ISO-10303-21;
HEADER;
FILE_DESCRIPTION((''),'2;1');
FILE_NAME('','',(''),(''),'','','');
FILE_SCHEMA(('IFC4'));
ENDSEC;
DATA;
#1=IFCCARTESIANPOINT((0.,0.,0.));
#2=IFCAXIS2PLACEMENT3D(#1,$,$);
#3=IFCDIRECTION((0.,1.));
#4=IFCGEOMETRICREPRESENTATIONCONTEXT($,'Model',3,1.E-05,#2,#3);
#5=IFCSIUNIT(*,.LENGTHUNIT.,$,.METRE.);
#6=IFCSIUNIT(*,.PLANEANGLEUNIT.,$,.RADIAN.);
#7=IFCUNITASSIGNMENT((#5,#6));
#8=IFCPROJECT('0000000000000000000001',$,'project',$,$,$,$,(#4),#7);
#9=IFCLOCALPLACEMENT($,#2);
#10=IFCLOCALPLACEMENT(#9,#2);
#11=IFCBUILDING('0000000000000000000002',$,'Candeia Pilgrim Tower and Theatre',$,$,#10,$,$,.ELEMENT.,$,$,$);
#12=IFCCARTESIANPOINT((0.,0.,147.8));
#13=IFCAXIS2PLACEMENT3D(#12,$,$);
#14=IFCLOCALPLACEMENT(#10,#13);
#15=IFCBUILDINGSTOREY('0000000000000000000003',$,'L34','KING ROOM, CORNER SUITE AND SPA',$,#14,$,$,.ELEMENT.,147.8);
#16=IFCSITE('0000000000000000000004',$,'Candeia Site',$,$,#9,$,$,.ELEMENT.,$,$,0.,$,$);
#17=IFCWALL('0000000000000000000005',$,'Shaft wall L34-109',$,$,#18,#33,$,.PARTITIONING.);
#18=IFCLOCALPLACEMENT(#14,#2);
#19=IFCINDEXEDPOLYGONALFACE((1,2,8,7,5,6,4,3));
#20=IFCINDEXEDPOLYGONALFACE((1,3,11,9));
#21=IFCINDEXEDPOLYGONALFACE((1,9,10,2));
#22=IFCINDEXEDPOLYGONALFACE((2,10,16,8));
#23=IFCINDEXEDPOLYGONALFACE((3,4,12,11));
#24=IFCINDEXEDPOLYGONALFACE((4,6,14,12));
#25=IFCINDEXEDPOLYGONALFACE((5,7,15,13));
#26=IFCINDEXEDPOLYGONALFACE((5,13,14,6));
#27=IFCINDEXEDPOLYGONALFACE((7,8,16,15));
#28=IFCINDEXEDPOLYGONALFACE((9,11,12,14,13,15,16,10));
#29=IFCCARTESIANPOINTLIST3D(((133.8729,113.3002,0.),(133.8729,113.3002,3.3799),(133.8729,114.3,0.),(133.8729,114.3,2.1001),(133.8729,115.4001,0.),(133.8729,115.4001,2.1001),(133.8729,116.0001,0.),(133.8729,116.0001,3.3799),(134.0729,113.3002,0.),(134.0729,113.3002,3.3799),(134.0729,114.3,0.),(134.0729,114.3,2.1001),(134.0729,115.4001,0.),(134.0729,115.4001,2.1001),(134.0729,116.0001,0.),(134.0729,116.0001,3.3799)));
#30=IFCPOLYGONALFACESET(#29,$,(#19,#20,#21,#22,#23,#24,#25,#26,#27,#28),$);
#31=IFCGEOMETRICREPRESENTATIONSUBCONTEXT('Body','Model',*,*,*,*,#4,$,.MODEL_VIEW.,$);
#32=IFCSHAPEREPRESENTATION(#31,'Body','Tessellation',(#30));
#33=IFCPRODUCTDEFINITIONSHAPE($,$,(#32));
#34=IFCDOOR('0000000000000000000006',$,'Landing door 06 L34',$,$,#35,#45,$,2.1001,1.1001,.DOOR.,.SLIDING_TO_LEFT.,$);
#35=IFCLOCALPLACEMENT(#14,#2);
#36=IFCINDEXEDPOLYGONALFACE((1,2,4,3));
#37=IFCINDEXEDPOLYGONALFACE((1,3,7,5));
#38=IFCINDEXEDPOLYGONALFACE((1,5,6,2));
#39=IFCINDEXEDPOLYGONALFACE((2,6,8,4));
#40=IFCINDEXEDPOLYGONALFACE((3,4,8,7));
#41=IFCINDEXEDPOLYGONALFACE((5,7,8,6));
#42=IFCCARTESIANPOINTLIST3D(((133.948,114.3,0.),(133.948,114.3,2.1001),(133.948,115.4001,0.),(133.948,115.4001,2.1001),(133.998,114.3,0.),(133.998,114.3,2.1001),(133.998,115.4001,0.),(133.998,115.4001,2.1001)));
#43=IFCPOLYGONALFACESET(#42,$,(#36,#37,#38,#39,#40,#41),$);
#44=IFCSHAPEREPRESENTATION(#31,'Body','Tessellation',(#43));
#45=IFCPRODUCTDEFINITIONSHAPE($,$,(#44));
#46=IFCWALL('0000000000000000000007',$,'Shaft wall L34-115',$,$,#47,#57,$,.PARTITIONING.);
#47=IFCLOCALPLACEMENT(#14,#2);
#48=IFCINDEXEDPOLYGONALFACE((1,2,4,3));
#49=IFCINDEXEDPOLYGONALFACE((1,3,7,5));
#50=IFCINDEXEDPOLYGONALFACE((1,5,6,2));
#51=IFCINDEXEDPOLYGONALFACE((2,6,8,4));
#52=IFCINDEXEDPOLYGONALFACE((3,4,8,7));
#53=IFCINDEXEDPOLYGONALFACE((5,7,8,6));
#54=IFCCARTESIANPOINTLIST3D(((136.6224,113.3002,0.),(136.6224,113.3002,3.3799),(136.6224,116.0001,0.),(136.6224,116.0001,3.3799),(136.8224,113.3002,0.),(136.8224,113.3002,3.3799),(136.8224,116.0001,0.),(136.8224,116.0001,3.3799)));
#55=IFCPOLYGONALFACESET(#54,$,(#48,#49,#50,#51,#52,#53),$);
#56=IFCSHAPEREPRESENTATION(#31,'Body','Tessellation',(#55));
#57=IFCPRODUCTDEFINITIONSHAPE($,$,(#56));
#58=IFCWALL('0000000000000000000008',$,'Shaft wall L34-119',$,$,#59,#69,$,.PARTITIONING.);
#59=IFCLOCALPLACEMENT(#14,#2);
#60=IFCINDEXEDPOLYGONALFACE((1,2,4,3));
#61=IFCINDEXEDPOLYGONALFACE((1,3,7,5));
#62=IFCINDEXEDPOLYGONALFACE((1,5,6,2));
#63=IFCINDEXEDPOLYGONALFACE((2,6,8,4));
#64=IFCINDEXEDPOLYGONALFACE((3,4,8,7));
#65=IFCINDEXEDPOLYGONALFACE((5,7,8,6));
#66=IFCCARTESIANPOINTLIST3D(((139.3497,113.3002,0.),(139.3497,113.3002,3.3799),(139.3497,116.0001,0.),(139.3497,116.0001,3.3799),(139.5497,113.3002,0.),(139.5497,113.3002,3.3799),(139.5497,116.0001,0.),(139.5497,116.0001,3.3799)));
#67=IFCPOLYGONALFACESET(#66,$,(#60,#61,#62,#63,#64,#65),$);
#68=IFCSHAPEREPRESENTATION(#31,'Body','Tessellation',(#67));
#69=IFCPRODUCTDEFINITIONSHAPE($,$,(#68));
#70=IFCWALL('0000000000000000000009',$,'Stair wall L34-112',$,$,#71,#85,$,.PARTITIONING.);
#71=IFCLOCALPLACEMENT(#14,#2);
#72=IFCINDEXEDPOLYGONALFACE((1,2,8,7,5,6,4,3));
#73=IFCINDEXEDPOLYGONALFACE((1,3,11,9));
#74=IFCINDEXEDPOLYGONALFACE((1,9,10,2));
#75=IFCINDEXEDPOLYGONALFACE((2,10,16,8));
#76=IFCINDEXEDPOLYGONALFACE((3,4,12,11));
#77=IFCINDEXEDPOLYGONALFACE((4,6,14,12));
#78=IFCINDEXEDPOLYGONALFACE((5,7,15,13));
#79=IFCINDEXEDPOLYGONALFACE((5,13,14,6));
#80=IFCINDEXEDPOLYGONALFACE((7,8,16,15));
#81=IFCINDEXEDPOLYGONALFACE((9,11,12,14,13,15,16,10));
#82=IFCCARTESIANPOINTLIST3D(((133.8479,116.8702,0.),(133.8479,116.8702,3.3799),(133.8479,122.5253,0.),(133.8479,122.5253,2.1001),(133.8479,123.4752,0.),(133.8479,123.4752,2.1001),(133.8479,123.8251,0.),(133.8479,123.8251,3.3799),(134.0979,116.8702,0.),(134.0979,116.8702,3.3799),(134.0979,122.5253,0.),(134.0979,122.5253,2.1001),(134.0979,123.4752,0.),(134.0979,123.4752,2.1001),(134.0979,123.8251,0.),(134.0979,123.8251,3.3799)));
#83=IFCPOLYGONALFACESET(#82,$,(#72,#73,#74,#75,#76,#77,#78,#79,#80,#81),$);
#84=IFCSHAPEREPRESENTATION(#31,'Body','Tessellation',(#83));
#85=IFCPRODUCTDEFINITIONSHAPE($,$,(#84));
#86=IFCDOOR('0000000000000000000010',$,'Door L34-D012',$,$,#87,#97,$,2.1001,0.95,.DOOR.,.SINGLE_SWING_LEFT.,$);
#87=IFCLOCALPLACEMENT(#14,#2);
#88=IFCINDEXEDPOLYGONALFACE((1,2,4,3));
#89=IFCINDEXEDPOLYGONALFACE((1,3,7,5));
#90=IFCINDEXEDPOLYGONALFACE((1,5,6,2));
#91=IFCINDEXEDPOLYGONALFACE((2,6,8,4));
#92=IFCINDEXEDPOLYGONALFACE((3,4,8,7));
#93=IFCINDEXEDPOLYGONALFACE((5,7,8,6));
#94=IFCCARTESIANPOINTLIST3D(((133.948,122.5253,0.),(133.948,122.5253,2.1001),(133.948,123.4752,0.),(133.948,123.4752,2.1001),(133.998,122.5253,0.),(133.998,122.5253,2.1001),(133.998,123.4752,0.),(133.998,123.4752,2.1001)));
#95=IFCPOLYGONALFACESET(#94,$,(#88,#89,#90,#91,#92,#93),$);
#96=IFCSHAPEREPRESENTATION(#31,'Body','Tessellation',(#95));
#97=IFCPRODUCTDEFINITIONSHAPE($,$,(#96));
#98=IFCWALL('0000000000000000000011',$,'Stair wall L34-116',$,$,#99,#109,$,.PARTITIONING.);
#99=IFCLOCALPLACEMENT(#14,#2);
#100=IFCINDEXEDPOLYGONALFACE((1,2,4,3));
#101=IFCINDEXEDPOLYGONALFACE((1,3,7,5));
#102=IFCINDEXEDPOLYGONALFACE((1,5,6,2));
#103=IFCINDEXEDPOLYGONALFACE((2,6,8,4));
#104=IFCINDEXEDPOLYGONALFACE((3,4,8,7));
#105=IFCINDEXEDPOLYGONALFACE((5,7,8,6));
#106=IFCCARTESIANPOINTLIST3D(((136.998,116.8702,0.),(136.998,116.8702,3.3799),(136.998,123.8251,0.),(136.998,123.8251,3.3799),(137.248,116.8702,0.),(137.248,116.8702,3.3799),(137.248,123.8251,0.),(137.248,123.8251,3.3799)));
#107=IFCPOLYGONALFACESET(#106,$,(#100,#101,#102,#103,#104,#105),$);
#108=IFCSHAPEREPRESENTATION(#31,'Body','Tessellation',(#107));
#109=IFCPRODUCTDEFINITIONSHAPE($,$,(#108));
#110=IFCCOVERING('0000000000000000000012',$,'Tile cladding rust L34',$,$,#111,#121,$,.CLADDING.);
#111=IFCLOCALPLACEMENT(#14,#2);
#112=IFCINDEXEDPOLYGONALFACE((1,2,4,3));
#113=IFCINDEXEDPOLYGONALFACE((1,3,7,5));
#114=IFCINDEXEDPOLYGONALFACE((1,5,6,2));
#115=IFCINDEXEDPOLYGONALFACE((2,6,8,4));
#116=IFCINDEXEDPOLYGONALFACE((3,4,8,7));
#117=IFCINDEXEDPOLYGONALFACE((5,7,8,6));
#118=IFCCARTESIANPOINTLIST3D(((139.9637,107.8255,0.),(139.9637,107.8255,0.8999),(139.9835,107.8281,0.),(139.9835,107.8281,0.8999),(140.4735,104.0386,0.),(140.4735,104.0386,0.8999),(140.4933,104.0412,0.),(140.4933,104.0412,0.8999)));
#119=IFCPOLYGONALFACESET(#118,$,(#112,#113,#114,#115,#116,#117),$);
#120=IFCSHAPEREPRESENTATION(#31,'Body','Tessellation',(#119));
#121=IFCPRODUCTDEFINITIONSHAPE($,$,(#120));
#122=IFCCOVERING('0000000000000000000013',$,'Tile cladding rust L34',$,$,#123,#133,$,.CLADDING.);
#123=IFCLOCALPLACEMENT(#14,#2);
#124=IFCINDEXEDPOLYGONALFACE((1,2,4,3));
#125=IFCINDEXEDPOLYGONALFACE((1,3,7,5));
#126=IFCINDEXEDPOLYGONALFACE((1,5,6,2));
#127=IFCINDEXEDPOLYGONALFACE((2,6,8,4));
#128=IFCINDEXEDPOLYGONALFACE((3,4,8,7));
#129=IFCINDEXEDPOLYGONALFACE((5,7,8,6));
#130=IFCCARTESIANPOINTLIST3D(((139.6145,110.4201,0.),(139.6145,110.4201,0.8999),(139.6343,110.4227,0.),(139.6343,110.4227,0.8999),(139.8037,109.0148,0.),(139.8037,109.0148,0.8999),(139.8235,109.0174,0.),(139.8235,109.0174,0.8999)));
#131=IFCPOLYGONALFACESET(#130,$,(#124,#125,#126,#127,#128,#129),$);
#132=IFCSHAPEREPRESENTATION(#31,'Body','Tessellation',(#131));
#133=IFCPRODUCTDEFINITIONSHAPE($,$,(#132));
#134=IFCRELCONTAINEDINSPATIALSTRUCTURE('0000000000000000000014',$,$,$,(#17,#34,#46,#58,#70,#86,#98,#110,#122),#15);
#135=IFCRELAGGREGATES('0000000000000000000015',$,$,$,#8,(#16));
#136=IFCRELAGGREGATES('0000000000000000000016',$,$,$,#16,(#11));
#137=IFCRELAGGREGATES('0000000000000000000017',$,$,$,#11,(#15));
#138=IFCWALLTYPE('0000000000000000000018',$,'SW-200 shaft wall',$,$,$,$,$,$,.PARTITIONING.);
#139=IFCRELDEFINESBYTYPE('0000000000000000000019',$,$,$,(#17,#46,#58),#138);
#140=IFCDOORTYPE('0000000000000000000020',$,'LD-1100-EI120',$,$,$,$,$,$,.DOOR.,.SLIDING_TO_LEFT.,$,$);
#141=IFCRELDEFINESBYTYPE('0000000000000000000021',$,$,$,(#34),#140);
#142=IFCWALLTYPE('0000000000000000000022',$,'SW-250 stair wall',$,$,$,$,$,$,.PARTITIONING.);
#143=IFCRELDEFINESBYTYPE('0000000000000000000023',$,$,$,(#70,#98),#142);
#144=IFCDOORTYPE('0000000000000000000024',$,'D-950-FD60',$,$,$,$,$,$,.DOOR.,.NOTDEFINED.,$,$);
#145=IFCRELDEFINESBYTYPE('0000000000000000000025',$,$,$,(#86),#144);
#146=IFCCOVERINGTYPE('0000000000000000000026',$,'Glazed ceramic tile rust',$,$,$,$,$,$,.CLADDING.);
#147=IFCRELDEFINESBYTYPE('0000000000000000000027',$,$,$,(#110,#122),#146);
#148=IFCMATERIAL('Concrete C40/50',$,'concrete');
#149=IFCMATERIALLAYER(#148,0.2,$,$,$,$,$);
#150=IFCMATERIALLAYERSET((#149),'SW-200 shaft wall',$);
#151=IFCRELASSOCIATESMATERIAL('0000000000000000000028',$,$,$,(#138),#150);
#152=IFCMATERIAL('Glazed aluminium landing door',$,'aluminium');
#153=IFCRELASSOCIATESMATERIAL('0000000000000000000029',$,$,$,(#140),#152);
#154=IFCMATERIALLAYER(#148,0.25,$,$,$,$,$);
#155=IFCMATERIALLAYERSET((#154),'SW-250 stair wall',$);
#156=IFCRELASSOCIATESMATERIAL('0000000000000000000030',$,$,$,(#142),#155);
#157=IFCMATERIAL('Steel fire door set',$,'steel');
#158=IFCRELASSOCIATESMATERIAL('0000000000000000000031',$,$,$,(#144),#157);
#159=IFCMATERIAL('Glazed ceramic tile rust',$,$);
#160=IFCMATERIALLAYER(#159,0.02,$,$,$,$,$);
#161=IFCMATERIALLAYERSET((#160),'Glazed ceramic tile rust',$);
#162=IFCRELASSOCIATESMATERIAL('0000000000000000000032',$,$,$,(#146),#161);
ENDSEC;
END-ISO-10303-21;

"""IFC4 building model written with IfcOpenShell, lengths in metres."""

from ifc_helpers import new_model, si_unit, direction, frame, frame_2d, origin, origin_2d, place, context, subcontext, project, spatial, rectangle, extrude, material, layer, layer_set, type_object, element, fill, save


model = new_model("IFC4")

# Units and contexts
model_context = context("Model", 3, precision=1e-05, world=origin(), true_north=direction((0.0, 1.0)))
body_context = subcontext(model_context, "Body", "Model", "MODEL_VIEW")
ifc_project = project(units=[si_unit("LENGTHUNIT", "METRE"), si_unit("PLANEANGLEUNIT", "RADIAN")], contexts=[model_context])

# Site, building, storey
site_placement = place(None, origin())
site = spatial("IfcSite", under=ifc_project, at=site_placement, Name="Candeia Site", CompositionType="ELEMENT", RefElevation=0.0)
building_placement = place(site_placement, origin())
building = spatial("IfcBuilding", under=site, at=building_placement, Name="Candeia Pilgrim Tower and Theatre", CompositionType="ELEMENT")
storey_placement = place(building_placement, frame((0.0, 0.0, 147.8)))
storey = spatial("IfcBuildingStorey", under=building, at=storey_placement, Name="L34", Description="KING ROOM, CORNER SUITE AND SPA", CompositionType="ELEMENT", Elevation=147.8)

# Shared definitions
ifc_material_1 = material(Name="Steel fire door set", Category="steel")

# Wall, opening, door
ifc_material_2 = material(Name="Concrete C40/50", Category="concrete")
ifc_layer_1 = layer(ifc_material_2, 0.2)
ifc_layer_set_1 = layer_set([ifc_layer_1], Name="SW-200 shaft wall")
wall_type_1 = type_object("IfcWallType", Name="SW-200 shaft wall", PredefinedType="PARTITIONING", material=ifc_layer_set_1)
wall_1_placement = place(storey_placement, frame((133.9729, 113.3, 0.0), z_axis=(0.0, 0.0, 1.0), x_axis=(0.0, 1.0, 0.0)))
wall_1 = element("IfcWall", 1, at=wall_1_placement, inside=storey, type_object=wall_type_1, Name="Shaft wall L34-109", PredefinedType="PARTITIONING", context=body_context, shape_type="SweptSolid", body=[
    extrude(rectangle(XDim=2.7, YDim=0.2, at=frame_2d((1.3501, 0.0))), origin(), (0.0, 0.0, 1.0), 3.3799),
])
opening_1_placement = place(wall_1_placement, frame((1.0, 0.0, 0.0)))
opening_1 = element("IfcOpeningElement", 2, at=opening_1_placement, cuts=wall_1, PredefinedType="OPENING", context=body_context, shape_type="SweptSolid", body=[
    extrude(rectangle(XDim=1.1001, YDim=2.1001, at=frame_2d((0.55, 1.05))), frame((0.0, 0.1099, 0.0), z_axis=(0.0, -1.0, 0.0), x_axis=(1.0, 0.0, 0.0)), (0.0, 0.0, 1.0), 0.22),
])
ifc_material_3 = material(Name="Glazed aluminium landing door", Category="aluminium")
door_type_1 = type_object("IfcDoorType", Name="LD-1100-EI120", OperationType="SLIDING_TO_LEFT", PredefinedType="DOOR", material=ifc_material_3)
door_1_placement = place(opening_1_placement, origin())
door_1 = element("IfcDoor", 3, at=door_1_placement, inside=storey, type_object=door_type_1, Name="Landing door 06 L34", OperationType="SLIDING_TO_LEFT", OverallHeight=2.1001, OverallWidth=1.1001, PredefinedType="DOOR", context=body_context, shape_type="SweptSolid", body=[
    extrude(rectangle(XDim=1.1001, YDim=2.1001, at=frame_2d((0.55, 1.05))), frame((0.0, 0.0249, 0.0), z_axis=(0.0, -1.0, 0.0), x_axis=(1.0, 0.0, 0.0)), (0.0, 0.0, 1.0), 0.05),
])
fill(opening_1, door_1)

# Walls
for number, where, z_axis, x_axis, name in (
    (4, (136.7224, 113.3, 0.0), (0.0, 0.0, 1.0), (0.0, 1.0, 0.0), "Shaft wall L34-115"),
    (5, (139.4497, 113.3, 0.0), (0.0, 0.0, 1.0), (0.0, 1.0, 0.0), "Shaft wall L34-119"),
):
    element("IfcWall", number, at=place(storey_placement, frame(where, z_axis=z_axis, x_axis=x_axis)), inside=storey, type_object=wall_type_1, Name=name, PredefinedType="PARTITIONING", context=body_context, shape_type="SweptSolid", body=[
        extrude(rectangle(XDim=2.7, YDim=0.2, at=frame_2d((1.3501, 0.0))), origin(), (0.0, 0.0, 1.0), 3.3799),
    ])

# Wall, opening, door
ifc_layer_2 = layer(ifc_material_2, 0.25)
ifc_layer_set_2 = layer_set([ifc_layer_2], Name="SW-250 stair wall")
wall_type_2 = type_object("IfcWallType", Name="SW-250 stair wall", PredefinedType="PARTITIONING", material=ifc_layer_set_2)
wall_2_placement = place(storey_placement, frame((133.9729, 116.8701, 0.0), z_axis=(0.0, 0.0, 1.0), x_axis=(0.0, 1.0, 0.0)))
wall_2 = element("IfcWall", 6, at=wall_2_placement, inside=storey, type_object=wall_type_2, Name="Stair wall L34-112", PredefinedType="PARTITIONING", context=body_context, shape_type="SweptSolid", body=[
    extrude(rectangle(XDim=6.9548, YDim=0.25, at=frame_2d((3.4775, 0.0))), origin(), (0.0, 0.0, 1.0), 3.3799),
])
opening_2_placement = place(wall_2_placement, frame((5.655, 0.0, 0.0)))
opening_2 = element("IfcOpeningElement", 7, at=opening_2_placement, cuts=wall_2, PredefinedType="OPENING", context=body_context, shape_type="SweptSolid", body=[
    extrude(rectangle(XDim=0.95, YDim=2.1001, at=frame_2d((0.4751, 1.05))), frame((0.0, 0.135, 0.0), z_axis=(0.0, -1.0, 0.0), x_axis=(1.0, 0.0, 0.0)), (0.0, 0.0, 1.0), 0.27),
])
door_type_2 = type_object("IfcDoorType", Name="D-950-FD60", OperationType="NOTDEFINED", PredefinedType="DOOR", material=ifc_material_1)
door_2_placement = place(opening_2_placement, origin())
door_2 = element("IfcDoor", 8, at=door_2_placement, inside=storey, type_object=door_type_2, Name="Door L34-D012", OperationType="SINGLE_SWING_LEFT", OverallHeight=2.1001, OverallWidth=0.95, PredefinedType="DOOR", context=body_context, shape_type="SweptSolid", body=[
    extrude(rectangle(XDim=0.95, YDim=2.1001, at=frame_2d((0.4751, 1.05))), frame((0.0, 0.0249, 0.0), z_axis=(0.0, -1.0, 0.0), x_axis=(1.0, 0.0, 0.0)), (0.0, 0.0, 1.0), 0.05),
])
fill(opening_2, door_2)

# Wall
wall_3_placement = place(storey_placement, frame((137.123, 116.8701, 0.0), z_axis=(0.0, 0.0, 1.0), x_axis=(0.0, 1.0, 0.0)))
element("IfcWall", 9, at=wall_3_placement, inside=storey, type_object=wall_type_2, Name="Stair wall L34-116", PredefinedType="PARTITIONING", context=body_context, shape_type="SweptSolid", body=[
    extrude(rectangle(XDim=6.9548, YDim=0.25, at=frame_2d((3.4775, 0.0))), origin(), (0.0, 0.0, 1.0), 3.3799),
])

# Coverings
ifc_material_4 = material(Name="Glazed ceramic tile rust")
ifc_layer_3 = layer(ifc_material_4, 0.02)
ifc_layer_set_3 = layer_set([ifc_layer_3], Name="Glazed ceramic tile rust")
covering_type = type_object("IfcCoveringType", Name="Glazed ceramic tile rust", PredefinedType="CLADDING", material=ifc_layer_set_3)
covering_1_placement = place(storey_placement, frame((140.2285, 105.9333, 0.0), z_axis=(0.0, 0.0, 1.0), x_axis=(-0.133412, 0.991061, 0.0)))
element("IfcCovering", 10, at=covering_1_placement, inside=storey, type_object=covering_type, Name="Tile cladding rust L34", PredefinedType="CLADDING", context=body_context, shape_type="SweptSolid", body=[
    extrude(rectangle(XDim=3.821, YDim=0.02, at=origin_2d()), origin(), (0.0, 0.0, 1.0), 0.8999),
])
covering_2_placement = place(storey_placement, frame((139.719, 109.7188, 0.0), z_axis=(0.0, 0.0, 1.0), x_axis=(-0.133412, 0.991061, 0.0)))
element("IfcCovering", 11, at=covering_2_placement, inside=storey, type_object=covering_type, Name="Tile cladding rust L34", PredefinedType="CLADDING", context=body_context, shape_type="SweptSolid", body=[
    extrude(rectangle(XDim=1.418, YDim=0.02, at=origin_2d()), origin(), (0.0, 0.0, 1.0), 0.8999),
])

save(model, "model.ifc")
